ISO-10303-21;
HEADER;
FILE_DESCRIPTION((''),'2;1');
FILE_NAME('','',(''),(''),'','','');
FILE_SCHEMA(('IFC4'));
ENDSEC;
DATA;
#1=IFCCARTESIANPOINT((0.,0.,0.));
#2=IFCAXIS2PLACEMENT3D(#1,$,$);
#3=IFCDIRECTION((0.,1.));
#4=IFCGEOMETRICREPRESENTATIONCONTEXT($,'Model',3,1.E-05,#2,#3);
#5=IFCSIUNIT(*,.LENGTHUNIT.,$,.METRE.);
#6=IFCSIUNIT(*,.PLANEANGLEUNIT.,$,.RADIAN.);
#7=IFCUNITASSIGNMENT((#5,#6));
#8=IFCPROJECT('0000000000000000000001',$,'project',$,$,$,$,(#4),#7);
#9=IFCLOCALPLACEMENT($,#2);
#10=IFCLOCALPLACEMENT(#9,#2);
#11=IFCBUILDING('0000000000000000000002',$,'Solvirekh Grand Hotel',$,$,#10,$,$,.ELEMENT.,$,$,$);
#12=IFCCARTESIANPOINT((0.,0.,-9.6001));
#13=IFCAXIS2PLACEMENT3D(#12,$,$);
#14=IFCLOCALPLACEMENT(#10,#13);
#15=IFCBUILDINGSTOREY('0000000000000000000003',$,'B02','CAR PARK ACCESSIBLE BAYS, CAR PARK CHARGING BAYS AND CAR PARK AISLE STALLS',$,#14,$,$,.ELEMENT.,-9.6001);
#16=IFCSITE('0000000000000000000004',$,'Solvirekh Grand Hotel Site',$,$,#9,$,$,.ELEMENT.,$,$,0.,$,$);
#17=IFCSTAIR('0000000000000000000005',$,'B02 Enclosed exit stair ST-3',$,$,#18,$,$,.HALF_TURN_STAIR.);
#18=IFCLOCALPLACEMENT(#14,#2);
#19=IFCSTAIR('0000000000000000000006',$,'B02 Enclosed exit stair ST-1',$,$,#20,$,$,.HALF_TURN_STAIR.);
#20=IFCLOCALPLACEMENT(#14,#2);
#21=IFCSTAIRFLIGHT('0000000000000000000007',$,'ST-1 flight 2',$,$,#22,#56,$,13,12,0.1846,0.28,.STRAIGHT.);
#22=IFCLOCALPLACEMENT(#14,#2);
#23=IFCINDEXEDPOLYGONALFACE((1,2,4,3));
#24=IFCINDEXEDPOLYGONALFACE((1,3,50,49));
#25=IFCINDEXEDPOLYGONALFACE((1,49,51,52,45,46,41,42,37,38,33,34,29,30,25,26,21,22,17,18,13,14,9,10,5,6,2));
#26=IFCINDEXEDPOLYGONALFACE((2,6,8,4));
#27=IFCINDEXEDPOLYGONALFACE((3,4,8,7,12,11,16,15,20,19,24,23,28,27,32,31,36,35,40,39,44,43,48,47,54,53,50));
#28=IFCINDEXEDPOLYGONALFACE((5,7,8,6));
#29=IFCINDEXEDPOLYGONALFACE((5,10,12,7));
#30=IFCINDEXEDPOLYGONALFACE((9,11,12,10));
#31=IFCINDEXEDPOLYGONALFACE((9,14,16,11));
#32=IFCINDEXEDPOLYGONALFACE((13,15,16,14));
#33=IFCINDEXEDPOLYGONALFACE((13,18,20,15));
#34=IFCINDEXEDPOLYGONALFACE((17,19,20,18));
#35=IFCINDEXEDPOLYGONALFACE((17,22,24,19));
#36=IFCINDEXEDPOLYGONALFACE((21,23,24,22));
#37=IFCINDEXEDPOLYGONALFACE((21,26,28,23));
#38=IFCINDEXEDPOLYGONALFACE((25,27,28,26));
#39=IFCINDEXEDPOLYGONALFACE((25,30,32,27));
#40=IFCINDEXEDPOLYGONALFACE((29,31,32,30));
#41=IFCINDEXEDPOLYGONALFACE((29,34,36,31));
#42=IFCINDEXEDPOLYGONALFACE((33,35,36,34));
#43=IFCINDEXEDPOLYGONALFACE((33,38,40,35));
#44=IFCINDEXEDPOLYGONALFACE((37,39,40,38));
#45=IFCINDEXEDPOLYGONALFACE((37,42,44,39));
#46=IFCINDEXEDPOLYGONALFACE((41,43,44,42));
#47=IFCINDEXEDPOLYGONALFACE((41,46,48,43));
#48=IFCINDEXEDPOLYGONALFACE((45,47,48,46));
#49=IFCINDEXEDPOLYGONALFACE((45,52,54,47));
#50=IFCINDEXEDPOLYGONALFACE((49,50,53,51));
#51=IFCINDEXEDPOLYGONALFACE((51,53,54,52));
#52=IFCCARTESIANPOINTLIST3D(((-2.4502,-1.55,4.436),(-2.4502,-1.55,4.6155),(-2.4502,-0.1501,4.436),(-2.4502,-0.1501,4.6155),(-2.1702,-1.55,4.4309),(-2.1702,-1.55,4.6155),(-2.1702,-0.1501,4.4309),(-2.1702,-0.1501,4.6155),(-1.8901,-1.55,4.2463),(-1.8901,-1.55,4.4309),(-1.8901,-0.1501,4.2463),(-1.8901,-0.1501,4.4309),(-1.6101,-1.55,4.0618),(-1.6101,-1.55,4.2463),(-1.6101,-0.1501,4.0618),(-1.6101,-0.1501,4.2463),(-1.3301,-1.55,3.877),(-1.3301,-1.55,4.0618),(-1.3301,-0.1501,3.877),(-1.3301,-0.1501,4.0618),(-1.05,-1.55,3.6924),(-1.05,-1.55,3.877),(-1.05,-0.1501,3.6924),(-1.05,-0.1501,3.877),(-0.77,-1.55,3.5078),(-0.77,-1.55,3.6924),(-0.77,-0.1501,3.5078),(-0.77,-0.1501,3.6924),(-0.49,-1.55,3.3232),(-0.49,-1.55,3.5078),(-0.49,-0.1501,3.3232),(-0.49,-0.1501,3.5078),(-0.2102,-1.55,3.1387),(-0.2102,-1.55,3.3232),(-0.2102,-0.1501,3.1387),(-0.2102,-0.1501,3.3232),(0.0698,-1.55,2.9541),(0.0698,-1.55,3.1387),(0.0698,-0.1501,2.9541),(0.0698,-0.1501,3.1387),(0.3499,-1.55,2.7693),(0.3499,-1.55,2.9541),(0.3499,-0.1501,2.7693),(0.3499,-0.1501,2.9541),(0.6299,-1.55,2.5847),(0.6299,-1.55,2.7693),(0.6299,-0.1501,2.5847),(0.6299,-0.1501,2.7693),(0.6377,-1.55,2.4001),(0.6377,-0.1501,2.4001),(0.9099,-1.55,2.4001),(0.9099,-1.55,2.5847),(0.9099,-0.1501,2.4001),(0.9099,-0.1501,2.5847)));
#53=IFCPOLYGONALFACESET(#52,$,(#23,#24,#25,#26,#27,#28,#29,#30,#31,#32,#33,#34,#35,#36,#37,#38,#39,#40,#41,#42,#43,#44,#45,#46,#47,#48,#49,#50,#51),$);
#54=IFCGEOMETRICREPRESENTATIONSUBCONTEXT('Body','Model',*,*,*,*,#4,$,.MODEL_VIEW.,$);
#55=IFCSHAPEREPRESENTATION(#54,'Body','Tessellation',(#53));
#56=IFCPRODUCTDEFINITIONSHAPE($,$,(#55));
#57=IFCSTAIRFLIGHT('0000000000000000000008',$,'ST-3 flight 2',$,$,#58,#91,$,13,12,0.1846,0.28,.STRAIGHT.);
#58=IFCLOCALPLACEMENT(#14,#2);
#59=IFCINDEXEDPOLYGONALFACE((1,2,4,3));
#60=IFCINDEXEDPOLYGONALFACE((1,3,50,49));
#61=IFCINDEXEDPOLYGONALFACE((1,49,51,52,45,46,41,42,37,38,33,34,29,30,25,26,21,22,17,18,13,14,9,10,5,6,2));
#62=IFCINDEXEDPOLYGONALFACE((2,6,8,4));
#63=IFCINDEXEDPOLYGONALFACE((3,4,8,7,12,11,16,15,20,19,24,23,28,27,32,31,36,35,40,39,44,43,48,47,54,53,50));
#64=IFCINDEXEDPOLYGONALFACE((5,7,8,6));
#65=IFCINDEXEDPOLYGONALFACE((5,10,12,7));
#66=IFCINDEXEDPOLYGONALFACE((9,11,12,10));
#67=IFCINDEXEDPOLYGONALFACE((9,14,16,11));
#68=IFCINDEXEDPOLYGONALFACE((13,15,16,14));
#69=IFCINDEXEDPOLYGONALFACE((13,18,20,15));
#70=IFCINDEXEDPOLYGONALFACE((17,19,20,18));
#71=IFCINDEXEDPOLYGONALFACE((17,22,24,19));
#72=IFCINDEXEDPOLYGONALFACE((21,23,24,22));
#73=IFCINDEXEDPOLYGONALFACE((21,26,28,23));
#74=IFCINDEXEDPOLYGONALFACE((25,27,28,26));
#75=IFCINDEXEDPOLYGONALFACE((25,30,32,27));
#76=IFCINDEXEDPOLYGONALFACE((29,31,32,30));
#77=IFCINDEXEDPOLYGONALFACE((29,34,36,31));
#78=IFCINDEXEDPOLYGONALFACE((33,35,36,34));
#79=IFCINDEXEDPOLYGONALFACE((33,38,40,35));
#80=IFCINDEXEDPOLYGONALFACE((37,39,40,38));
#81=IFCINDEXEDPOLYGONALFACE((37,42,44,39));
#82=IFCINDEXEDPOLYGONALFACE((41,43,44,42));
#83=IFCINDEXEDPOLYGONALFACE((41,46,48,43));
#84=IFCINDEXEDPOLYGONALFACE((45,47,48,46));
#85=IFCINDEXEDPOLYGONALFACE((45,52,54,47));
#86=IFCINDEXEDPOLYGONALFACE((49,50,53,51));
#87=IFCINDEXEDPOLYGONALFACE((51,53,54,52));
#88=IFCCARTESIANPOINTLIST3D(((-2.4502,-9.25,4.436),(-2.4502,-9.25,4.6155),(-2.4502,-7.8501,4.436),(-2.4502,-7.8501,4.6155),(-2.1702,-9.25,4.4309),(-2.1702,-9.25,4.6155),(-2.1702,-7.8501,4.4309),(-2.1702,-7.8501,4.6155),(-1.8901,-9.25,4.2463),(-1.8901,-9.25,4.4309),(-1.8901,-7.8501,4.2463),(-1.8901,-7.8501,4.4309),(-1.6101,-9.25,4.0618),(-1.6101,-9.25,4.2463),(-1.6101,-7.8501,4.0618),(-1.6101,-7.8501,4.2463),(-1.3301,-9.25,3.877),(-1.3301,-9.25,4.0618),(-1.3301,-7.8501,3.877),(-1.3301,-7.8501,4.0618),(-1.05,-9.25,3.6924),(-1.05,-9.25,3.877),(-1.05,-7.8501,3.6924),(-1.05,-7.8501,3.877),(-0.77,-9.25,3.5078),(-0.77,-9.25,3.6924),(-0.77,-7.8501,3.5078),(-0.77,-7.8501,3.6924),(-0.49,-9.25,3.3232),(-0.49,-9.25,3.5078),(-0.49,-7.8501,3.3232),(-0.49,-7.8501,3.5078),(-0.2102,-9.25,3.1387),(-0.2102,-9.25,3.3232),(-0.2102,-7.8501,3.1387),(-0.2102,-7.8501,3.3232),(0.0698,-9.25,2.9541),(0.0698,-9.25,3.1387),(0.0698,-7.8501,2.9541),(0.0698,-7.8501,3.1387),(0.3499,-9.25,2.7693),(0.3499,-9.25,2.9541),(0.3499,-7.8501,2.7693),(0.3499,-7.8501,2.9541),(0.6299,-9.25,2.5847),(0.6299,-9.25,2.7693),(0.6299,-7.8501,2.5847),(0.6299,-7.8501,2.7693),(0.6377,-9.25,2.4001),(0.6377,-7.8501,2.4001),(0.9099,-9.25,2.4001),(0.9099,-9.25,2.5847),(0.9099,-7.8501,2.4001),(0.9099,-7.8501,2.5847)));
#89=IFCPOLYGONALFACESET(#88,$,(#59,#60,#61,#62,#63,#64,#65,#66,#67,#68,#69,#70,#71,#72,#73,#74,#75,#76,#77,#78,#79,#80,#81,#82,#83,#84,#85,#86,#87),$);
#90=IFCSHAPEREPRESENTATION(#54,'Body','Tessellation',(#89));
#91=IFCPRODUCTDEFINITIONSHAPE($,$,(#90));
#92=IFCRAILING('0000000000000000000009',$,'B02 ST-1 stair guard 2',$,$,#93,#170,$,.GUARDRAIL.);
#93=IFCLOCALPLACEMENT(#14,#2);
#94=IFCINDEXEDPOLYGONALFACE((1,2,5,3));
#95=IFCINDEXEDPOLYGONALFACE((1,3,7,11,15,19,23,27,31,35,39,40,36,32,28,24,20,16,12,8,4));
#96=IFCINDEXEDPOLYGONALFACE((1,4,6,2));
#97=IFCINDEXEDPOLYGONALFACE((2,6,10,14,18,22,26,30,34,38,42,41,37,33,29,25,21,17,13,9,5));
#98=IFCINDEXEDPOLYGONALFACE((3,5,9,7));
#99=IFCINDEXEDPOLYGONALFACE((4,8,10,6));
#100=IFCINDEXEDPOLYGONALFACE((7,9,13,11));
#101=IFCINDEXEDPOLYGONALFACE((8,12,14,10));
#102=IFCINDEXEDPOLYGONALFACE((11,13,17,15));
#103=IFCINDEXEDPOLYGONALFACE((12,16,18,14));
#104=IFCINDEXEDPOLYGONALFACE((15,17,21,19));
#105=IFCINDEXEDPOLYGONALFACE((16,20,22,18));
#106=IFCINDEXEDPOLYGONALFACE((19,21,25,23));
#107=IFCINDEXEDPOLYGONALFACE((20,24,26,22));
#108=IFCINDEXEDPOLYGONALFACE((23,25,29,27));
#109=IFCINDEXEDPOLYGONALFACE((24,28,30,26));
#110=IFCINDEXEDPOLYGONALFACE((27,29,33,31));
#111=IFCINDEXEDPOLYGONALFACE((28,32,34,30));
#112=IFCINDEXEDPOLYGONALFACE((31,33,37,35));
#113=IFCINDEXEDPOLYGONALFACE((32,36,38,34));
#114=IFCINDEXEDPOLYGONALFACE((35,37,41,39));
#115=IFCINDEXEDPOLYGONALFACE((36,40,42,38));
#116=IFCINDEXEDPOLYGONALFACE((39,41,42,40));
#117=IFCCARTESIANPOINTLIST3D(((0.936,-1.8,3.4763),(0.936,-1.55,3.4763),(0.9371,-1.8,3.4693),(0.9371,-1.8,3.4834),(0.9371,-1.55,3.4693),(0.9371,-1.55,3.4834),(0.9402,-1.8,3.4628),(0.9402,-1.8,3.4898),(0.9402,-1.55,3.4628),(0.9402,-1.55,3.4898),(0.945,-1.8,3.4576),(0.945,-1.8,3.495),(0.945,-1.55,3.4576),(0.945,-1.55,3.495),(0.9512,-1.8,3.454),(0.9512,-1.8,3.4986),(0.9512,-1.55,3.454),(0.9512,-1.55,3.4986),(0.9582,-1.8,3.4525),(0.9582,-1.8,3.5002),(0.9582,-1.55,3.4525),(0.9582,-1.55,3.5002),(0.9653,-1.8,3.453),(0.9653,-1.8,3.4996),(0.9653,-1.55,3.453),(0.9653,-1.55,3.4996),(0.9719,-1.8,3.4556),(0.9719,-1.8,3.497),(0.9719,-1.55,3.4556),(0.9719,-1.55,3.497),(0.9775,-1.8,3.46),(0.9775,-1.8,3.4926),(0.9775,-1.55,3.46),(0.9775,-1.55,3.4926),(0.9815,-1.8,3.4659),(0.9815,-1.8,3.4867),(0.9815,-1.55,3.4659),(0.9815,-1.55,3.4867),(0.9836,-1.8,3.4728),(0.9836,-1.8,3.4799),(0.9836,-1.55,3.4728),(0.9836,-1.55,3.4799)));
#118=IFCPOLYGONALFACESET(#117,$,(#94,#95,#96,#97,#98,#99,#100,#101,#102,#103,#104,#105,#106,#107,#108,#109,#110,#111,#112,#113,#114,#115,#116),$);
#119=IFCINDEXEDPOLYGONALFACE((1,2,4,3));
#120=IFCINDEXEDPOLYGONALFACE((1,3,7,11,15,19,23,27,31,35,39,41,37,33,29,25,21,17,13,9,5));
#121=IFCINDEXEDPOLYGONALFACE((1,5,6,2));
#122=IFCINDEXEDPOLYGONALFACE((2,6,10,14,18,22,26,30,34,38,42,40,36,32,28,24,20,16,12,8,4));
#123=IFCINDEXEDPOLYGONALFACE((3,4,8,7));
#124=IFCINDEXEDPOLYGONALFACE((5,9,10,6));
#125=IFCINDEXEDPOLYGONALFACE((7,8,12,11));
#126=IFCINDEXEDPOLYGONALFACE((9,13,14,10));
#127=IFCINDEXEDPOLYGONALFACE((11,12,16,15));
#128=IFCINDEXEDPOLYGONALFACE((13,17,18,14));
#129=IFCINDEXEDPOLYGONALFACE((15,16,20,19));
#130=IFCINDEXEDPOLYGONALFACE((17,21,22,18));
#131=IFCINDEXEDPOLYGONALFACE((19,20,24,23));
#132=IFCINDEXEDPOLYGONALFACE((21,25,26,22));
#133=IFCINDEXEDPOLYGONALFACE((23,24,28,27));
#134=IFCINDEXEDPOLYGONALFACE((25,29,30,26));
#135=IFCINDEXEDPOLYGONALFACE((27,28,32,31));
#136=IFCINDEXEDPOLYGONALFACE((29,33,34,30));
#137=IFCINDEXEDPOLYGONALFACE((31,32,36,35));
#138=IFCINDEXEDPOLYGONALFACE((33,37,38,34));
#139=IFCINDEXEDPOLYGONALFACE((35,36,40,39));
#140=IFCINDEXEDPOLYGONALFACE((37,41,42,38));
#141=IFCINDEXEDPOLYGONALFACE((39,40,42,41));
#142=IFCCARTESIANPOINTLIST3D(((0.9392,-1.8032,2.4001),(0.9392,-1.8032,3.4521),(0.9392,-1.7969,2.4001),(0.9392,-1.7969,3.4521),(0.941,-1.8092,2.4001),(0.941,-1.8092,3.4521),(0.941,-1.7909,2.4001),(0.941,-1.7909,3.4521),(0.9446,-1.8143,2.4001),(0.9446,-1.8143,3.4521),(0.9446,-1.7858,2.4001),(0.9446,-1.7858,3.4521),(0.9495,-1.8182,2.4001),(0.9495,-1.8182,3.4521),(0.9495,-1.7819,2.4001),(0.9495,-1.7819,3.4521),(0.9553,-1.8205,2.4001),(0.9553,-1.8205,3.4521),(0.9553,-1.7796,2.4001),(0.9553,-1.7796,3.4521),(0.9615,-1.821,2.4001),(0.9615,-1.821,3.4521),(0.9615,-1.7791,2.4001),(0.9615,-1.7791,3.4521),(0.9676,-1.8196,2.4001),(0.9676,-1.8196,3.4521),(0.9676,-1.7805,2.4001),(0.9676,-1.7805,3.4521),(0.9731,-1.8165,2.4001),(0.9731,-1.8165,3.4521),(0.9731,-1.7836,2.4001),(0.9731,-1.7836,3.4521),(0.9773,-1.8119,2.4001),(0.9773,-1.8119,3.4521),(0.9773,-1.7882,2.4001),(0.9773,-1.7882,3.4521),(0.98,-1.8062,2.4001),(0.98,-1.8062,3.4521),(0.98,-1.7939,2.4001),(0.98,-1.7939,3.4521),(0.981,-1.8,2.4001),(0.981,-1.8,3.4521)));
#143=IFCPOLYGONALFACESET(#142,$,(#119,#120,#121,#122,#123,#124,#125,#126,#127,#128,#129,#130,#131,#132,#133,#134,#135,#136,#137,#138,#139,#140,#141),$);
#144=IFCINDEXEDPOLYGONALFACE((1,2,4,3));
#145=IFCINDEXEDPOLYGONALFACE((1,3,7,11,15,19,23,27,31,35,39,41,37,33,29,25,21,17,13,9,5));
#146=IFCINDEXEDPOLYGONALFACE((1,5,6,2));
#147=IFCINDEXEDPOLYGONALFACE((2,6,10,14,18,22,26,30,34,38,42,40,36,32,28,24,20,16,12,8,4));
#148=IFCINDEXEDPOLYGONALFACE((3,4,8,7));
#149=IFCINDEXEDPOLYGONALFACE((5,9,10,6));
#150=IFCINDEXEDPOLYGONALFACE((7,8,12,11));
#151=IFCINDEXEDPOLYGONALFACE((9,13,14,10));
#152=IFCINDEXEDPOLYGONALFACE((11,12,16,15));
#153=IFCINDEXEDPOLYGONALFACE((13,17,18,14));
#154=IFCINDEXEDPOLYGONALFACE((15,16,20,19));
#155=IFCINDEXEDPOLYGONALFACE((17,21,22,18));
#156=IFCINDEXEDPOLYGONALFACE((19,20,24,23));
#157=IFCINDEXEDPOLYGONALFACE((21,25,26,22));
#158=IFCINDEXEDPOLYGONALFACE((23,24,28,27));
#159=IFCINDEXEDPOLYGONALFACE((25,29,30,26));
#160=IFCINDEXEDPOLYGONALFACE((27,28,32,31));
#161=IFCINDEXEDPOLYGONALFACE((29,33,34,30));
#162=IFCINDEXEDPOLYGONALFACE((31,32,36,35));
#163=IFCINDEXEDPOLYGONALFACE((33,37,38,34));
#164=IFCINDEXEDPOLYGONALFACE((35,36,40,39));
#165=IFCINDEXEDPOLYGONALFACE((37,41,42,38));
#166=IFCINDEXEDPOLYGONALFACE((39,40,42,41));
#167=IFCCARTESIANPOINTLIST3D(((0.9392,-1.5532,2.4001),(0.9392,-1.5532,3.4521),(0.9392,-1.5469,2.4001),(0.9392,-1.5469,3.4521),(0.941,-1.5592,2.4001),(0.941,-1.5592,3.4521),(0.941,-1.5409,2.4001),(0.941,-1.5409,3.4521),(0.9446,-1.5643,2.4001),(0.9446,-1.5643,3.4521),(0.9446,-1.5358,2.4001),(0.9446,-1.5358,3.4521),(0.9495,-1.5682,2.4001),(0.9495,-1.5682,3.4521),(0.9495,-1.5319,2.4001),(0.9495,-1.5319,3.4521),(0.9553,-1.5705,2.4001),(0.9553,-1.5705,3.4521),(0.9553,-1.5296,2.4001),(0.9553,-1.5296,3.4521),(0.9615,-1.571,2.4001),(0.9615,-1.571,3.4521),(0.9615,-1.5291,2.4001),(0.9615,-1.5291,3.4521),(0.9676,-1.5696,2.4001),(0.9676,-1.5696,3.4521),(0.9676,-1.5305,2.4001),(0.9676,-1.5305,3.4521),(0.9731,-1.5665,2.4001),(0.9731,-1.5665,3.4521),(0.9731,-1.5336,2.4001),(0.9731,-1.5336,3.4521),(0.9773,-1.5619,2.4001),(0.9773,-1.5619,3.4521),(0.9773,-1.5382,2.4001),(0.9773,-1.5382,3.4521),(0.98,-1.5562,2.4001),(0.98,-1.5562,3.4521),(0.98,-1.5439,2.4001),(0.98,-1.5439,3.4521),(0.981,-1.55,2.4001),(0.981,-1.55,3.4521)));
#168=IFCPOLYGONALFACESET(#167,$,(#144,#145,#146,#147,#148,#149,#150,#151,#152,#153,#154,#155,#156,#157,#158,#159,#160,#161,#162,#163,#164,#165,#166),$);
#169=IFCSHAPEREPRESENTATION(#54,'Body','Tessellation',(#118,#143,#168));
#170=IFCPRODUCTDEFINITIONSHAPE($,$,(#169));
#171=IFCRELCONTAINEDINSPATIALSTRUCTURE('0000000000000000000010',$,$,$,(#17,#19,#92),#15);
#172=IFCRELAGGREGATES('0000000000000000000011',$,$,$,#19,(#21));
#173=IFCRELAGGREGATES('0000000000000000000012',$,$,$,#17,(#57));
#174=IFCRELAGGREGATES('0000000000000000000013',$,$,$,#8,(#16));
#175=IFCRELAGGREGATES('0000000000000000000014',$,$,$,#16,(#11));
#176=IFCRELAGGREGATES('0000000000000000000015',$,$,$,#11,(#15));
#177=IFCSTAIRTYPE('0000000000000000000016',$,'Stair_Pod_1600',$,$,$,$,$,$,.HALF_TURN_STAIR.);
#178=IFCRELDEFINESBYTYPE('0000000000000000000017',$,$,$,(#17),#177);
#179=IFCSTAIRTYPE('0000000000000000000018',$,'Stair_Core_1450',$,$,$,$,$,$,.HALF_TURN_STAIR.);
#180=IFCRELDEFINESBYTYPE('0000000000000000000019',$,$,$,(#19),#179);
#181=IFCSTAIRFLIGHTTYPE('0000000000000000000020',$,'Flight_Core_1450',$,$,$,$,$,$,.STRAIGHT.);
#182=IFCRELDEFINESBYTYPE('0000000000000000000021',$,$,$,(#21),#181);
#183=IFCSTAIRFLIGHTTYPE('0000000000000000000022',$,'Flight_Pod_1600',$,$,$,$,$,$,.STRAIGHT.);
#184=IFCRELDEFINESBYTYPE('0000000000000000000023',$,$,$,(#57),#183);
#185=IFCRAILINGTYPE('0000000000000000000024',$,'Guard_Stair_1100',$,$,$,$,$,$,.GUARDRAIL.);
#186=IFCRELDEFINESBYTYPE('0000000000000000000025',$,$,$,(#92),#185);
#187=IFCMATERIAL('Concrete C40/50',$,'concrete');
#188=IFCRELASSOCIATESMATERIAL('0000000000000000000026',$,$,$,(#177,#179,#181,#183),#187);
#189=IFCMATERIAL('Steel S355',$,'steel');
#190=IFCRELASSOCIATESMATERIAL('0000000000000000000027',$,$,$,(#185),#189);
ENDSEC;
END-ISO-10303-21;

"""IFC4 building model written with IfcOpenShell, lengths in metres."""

from ifc_helpers import new_model, si_unit, direction, frame, origin, origin_2d, place, context, subcontext, project, spatial, polyline, circle, outline, extrude, material, type_object, element, aggregate, save


model = new_model("IFC4")

# Units and contexts
model_context = context("Model", 3, precision=1e-05, world=origin(), true_north=direction((0.0, 1.0)))
body_context = subcontext(model_context, "Body", "Model", "MODEL_VIEW")
ifc_project = project(units=[si_unit("LENGTHUNIT", "METRE"), si_unit("PLANEANGLEUNIT", "RADIAN")], contexts=[model_context])

# Site, building, storey
site_placement = place(None, origin())
site = spatial("IfcSite", under=ifc_project, at=site_placement, Name="Solvirekh Grand Hotel Site", CompositionType="ELEMENT", RefElevation=0.0)
building_placement = place(site_placement, origin())
building = spatial("IfcBuilding", under=site, at=building_placement, Name="Solvirekh Grand Hotel", CompositionType="ELEMENT")
storey_placement = place(building_placement, frame((0.0, 0.0, -9.6001)))
storey = spatial("IfcBuildingStorey", under=building, at=storey_placement, Name="B02", Description="CAR PARK ACCESSIBLE BAYS, CAR PARK CHARGING BAYS AND CAR PARK AISLE STALLS", CompositionType="ELEMENT", Elevation=-9.6001)

# Shared definitions
ifc_material_1 = material(Name="Steel S355", Category="steel")

# Stairs
ifc_material_2 = material(Name="Concrete C40/50", Category="concrete")
stair_type_1 = type_object("IfcStairType", Name="Stair_Pod_1600", PredefinedType="HALF_TURN_STAIR", material=ifc_material_2)
stair_1_placement = place(storey_placement, origin())
stair_1 = element("IfcStair", 1, at=stair_1_placement, inside=storey, type_object=stair_type_1, Name="B02 Enclosed exit stair ST-3", PredefinedType="HALF_TURN_STAIR")
stair_type_2 = type_object("IfcStairType", Name="Stair_Core_1450", PredefinedType="HALF_TURN_STAIR", material=ifc_material_2)
stair_2_placement = place(storey_placement, origin())
stair_2 = element("IfcStair", 2, at=stair_2_placement, inside=storey, type_object=stair_type_2, Name="B02 Enclosed exit stair ST-1", PredefinedType="HALF_TURN_STAIR")

# Stair flights
stair_flight_type_1 = type_object("IfcStairFlightType", Name="Flight_Core_1450", PredefinedType="STRAIGHT", material=ifc_material_2)
stair_flight_1_placement = place(storey_placement, frame((0.9099, -0.8501, 2.4001), z_axis=(0.0, 0.0, 1.0), x_axis=(-1.0, 0.0, 0.0)))
stair_flight_1 = element("IfcStairFlight", 3, at=stair_flight_1_placement, type_object=stair_flight_type_1, Name="ST-1 flight 2", NumberOfRisers=13, NumberOfTreads=12, PredefinedType="STRAIGHT", RiserHeight=0.1846, TreadLength=0.28, context=body_context, shape_type="SweptSolid", body=[
    extrude(outline(polyline([(0.0, 0.0), (0.0, 0.1846), (0.28, 0.1846), (0.28, 0.3691), (0.5601, 0.3691), (0.5601, 0.554), (0.8401, 0.554), (0.8401, 0.7385), (1.1201, 0.7385), (1.1201, 0.9231), (1.3999, 0.9231), (1.3999, 1.1077), (1.6799, 1.1077), (1.6799, 1.2922), (1.96, 1.2922), (1.96, 1.4768), (2.24, 1.4768), (2.24, 1.6616), (2.52, 1.6616), (2.52, 1.8462), (2.8, 1.8462), (2.8, 2.0308), (3.0801, 2.0308), (3.0801, 2.2153), (3.3601, 2.2153), (3.3601, 2.3999), (3.3601, 2.0359), (0.2722, 0.0), (0.0, 0.0)])), frame((0.0, 0.7, 0.0), z_axis=(0.0, -1.0, 0.0), x_axis=(1.0, 0.0, 0.0)), (0.0, 0.0, 1.0), 1.3999),
])
aggregate(stair_2, [stair_flight_1])
stair_flight_type_2 = type_object("IfcStairFlightType", Name="Flight_Pod_1600", PredefinedType="STRAIGHT", material=ifc_material_2)
stair_flight_2_placement = place(storey_placement, frame((0.9099, -8.55, 2.4001), z_axis=(0.0, 0.0, 1.0), x_axis=(-1.0, 0.0, 0.0)))
stair_flight_2 = element("IfcStairFlight", 4, at=stair_flight_2_placement, type_object=stair_flight_type_2, Name="ST-3 flight 2", NumberOfRisers=13, NumberOfTreads=12, PredefinedType="STRAIGHT", RiserHeight=0.1846, TreadLength=0.28, context=body_context, shape_type="SweptSolid", body=[
    extrude(outline(polyline([(0.0, 0.0), (0.0, 0.1846), (0.28, 0.1846), (0.28, 0.3691), (0.5601, 0.3691), (0.5601, 0.554), (0.8401, 0.554), (0.8401, 0.7385), (1.1201, 0.7385), (1.1201, 0.9231), (1.3999, 0.9231), (1.3999, 1.1077), (1.6799, 1.1077), (1.6799, 1.2922), (1.96, 1.2922), (1.96, 1.4768), (2.24, 1.4768), (2.24, 1.6616), (2.52, 1.6616), (2.52, 1.8462), (2.8, 1.8462), (2.8, 2.0308), (3.0801, 2.0308), (3.0801, 2.2153), (3.3601, 2.2153), (3.3601, 2.3999), (3.3601, 2.0359), (0.2722, 0.0), (0.0, 0.0)])), frame((0.0, 0.7, 0.0), z_axis=(0.0, -1.0, 0.0), x_axis=(1.0, 0.0, 0.0)), (0.0, 0.0, 1.0), 1.3999),
])
aggregate(stair_1, [stair_flight_2])

# Railing
railing_type_1 = type_object("IfcRailingType", Name="Guard_Stair_1100", PredefinedType="GUARDRAIL", material=ifc_material_1)
railing_1_placement = place(storey_placement, frame((0.96, -1.8, 2.4001)))
element("IfcRailing", 5, at=railing_1_placement, inside=storey, type_object=railing_type_1, Name="B02 ST-1 stair guard 2", PredefinedType="GUARDRAIL", context=body_context, shape_type="SweptSolid", body=[
    extrude(circle(Radius=0.0239, at=origin_2d()), frame((0.0, 0.0, 1.0762), z_axis=(0.0, 1.0, 0.0), x_axis=(-1.0, 0.0, 0.0)), (0.0, 0.0, 1.0), 0.25),
    extrude(circle(Radius=0.021, at=origin_2d()), origin(), (0.0, 0.0, 1.0), 1.052),
    extrude(circle(Radius=0.021, at=origin_2d()), frame((0.0, 0.25, 0.0)), (0.0, 0.0, 1.0), 1.052),
])

save(model, "model.ifc")
